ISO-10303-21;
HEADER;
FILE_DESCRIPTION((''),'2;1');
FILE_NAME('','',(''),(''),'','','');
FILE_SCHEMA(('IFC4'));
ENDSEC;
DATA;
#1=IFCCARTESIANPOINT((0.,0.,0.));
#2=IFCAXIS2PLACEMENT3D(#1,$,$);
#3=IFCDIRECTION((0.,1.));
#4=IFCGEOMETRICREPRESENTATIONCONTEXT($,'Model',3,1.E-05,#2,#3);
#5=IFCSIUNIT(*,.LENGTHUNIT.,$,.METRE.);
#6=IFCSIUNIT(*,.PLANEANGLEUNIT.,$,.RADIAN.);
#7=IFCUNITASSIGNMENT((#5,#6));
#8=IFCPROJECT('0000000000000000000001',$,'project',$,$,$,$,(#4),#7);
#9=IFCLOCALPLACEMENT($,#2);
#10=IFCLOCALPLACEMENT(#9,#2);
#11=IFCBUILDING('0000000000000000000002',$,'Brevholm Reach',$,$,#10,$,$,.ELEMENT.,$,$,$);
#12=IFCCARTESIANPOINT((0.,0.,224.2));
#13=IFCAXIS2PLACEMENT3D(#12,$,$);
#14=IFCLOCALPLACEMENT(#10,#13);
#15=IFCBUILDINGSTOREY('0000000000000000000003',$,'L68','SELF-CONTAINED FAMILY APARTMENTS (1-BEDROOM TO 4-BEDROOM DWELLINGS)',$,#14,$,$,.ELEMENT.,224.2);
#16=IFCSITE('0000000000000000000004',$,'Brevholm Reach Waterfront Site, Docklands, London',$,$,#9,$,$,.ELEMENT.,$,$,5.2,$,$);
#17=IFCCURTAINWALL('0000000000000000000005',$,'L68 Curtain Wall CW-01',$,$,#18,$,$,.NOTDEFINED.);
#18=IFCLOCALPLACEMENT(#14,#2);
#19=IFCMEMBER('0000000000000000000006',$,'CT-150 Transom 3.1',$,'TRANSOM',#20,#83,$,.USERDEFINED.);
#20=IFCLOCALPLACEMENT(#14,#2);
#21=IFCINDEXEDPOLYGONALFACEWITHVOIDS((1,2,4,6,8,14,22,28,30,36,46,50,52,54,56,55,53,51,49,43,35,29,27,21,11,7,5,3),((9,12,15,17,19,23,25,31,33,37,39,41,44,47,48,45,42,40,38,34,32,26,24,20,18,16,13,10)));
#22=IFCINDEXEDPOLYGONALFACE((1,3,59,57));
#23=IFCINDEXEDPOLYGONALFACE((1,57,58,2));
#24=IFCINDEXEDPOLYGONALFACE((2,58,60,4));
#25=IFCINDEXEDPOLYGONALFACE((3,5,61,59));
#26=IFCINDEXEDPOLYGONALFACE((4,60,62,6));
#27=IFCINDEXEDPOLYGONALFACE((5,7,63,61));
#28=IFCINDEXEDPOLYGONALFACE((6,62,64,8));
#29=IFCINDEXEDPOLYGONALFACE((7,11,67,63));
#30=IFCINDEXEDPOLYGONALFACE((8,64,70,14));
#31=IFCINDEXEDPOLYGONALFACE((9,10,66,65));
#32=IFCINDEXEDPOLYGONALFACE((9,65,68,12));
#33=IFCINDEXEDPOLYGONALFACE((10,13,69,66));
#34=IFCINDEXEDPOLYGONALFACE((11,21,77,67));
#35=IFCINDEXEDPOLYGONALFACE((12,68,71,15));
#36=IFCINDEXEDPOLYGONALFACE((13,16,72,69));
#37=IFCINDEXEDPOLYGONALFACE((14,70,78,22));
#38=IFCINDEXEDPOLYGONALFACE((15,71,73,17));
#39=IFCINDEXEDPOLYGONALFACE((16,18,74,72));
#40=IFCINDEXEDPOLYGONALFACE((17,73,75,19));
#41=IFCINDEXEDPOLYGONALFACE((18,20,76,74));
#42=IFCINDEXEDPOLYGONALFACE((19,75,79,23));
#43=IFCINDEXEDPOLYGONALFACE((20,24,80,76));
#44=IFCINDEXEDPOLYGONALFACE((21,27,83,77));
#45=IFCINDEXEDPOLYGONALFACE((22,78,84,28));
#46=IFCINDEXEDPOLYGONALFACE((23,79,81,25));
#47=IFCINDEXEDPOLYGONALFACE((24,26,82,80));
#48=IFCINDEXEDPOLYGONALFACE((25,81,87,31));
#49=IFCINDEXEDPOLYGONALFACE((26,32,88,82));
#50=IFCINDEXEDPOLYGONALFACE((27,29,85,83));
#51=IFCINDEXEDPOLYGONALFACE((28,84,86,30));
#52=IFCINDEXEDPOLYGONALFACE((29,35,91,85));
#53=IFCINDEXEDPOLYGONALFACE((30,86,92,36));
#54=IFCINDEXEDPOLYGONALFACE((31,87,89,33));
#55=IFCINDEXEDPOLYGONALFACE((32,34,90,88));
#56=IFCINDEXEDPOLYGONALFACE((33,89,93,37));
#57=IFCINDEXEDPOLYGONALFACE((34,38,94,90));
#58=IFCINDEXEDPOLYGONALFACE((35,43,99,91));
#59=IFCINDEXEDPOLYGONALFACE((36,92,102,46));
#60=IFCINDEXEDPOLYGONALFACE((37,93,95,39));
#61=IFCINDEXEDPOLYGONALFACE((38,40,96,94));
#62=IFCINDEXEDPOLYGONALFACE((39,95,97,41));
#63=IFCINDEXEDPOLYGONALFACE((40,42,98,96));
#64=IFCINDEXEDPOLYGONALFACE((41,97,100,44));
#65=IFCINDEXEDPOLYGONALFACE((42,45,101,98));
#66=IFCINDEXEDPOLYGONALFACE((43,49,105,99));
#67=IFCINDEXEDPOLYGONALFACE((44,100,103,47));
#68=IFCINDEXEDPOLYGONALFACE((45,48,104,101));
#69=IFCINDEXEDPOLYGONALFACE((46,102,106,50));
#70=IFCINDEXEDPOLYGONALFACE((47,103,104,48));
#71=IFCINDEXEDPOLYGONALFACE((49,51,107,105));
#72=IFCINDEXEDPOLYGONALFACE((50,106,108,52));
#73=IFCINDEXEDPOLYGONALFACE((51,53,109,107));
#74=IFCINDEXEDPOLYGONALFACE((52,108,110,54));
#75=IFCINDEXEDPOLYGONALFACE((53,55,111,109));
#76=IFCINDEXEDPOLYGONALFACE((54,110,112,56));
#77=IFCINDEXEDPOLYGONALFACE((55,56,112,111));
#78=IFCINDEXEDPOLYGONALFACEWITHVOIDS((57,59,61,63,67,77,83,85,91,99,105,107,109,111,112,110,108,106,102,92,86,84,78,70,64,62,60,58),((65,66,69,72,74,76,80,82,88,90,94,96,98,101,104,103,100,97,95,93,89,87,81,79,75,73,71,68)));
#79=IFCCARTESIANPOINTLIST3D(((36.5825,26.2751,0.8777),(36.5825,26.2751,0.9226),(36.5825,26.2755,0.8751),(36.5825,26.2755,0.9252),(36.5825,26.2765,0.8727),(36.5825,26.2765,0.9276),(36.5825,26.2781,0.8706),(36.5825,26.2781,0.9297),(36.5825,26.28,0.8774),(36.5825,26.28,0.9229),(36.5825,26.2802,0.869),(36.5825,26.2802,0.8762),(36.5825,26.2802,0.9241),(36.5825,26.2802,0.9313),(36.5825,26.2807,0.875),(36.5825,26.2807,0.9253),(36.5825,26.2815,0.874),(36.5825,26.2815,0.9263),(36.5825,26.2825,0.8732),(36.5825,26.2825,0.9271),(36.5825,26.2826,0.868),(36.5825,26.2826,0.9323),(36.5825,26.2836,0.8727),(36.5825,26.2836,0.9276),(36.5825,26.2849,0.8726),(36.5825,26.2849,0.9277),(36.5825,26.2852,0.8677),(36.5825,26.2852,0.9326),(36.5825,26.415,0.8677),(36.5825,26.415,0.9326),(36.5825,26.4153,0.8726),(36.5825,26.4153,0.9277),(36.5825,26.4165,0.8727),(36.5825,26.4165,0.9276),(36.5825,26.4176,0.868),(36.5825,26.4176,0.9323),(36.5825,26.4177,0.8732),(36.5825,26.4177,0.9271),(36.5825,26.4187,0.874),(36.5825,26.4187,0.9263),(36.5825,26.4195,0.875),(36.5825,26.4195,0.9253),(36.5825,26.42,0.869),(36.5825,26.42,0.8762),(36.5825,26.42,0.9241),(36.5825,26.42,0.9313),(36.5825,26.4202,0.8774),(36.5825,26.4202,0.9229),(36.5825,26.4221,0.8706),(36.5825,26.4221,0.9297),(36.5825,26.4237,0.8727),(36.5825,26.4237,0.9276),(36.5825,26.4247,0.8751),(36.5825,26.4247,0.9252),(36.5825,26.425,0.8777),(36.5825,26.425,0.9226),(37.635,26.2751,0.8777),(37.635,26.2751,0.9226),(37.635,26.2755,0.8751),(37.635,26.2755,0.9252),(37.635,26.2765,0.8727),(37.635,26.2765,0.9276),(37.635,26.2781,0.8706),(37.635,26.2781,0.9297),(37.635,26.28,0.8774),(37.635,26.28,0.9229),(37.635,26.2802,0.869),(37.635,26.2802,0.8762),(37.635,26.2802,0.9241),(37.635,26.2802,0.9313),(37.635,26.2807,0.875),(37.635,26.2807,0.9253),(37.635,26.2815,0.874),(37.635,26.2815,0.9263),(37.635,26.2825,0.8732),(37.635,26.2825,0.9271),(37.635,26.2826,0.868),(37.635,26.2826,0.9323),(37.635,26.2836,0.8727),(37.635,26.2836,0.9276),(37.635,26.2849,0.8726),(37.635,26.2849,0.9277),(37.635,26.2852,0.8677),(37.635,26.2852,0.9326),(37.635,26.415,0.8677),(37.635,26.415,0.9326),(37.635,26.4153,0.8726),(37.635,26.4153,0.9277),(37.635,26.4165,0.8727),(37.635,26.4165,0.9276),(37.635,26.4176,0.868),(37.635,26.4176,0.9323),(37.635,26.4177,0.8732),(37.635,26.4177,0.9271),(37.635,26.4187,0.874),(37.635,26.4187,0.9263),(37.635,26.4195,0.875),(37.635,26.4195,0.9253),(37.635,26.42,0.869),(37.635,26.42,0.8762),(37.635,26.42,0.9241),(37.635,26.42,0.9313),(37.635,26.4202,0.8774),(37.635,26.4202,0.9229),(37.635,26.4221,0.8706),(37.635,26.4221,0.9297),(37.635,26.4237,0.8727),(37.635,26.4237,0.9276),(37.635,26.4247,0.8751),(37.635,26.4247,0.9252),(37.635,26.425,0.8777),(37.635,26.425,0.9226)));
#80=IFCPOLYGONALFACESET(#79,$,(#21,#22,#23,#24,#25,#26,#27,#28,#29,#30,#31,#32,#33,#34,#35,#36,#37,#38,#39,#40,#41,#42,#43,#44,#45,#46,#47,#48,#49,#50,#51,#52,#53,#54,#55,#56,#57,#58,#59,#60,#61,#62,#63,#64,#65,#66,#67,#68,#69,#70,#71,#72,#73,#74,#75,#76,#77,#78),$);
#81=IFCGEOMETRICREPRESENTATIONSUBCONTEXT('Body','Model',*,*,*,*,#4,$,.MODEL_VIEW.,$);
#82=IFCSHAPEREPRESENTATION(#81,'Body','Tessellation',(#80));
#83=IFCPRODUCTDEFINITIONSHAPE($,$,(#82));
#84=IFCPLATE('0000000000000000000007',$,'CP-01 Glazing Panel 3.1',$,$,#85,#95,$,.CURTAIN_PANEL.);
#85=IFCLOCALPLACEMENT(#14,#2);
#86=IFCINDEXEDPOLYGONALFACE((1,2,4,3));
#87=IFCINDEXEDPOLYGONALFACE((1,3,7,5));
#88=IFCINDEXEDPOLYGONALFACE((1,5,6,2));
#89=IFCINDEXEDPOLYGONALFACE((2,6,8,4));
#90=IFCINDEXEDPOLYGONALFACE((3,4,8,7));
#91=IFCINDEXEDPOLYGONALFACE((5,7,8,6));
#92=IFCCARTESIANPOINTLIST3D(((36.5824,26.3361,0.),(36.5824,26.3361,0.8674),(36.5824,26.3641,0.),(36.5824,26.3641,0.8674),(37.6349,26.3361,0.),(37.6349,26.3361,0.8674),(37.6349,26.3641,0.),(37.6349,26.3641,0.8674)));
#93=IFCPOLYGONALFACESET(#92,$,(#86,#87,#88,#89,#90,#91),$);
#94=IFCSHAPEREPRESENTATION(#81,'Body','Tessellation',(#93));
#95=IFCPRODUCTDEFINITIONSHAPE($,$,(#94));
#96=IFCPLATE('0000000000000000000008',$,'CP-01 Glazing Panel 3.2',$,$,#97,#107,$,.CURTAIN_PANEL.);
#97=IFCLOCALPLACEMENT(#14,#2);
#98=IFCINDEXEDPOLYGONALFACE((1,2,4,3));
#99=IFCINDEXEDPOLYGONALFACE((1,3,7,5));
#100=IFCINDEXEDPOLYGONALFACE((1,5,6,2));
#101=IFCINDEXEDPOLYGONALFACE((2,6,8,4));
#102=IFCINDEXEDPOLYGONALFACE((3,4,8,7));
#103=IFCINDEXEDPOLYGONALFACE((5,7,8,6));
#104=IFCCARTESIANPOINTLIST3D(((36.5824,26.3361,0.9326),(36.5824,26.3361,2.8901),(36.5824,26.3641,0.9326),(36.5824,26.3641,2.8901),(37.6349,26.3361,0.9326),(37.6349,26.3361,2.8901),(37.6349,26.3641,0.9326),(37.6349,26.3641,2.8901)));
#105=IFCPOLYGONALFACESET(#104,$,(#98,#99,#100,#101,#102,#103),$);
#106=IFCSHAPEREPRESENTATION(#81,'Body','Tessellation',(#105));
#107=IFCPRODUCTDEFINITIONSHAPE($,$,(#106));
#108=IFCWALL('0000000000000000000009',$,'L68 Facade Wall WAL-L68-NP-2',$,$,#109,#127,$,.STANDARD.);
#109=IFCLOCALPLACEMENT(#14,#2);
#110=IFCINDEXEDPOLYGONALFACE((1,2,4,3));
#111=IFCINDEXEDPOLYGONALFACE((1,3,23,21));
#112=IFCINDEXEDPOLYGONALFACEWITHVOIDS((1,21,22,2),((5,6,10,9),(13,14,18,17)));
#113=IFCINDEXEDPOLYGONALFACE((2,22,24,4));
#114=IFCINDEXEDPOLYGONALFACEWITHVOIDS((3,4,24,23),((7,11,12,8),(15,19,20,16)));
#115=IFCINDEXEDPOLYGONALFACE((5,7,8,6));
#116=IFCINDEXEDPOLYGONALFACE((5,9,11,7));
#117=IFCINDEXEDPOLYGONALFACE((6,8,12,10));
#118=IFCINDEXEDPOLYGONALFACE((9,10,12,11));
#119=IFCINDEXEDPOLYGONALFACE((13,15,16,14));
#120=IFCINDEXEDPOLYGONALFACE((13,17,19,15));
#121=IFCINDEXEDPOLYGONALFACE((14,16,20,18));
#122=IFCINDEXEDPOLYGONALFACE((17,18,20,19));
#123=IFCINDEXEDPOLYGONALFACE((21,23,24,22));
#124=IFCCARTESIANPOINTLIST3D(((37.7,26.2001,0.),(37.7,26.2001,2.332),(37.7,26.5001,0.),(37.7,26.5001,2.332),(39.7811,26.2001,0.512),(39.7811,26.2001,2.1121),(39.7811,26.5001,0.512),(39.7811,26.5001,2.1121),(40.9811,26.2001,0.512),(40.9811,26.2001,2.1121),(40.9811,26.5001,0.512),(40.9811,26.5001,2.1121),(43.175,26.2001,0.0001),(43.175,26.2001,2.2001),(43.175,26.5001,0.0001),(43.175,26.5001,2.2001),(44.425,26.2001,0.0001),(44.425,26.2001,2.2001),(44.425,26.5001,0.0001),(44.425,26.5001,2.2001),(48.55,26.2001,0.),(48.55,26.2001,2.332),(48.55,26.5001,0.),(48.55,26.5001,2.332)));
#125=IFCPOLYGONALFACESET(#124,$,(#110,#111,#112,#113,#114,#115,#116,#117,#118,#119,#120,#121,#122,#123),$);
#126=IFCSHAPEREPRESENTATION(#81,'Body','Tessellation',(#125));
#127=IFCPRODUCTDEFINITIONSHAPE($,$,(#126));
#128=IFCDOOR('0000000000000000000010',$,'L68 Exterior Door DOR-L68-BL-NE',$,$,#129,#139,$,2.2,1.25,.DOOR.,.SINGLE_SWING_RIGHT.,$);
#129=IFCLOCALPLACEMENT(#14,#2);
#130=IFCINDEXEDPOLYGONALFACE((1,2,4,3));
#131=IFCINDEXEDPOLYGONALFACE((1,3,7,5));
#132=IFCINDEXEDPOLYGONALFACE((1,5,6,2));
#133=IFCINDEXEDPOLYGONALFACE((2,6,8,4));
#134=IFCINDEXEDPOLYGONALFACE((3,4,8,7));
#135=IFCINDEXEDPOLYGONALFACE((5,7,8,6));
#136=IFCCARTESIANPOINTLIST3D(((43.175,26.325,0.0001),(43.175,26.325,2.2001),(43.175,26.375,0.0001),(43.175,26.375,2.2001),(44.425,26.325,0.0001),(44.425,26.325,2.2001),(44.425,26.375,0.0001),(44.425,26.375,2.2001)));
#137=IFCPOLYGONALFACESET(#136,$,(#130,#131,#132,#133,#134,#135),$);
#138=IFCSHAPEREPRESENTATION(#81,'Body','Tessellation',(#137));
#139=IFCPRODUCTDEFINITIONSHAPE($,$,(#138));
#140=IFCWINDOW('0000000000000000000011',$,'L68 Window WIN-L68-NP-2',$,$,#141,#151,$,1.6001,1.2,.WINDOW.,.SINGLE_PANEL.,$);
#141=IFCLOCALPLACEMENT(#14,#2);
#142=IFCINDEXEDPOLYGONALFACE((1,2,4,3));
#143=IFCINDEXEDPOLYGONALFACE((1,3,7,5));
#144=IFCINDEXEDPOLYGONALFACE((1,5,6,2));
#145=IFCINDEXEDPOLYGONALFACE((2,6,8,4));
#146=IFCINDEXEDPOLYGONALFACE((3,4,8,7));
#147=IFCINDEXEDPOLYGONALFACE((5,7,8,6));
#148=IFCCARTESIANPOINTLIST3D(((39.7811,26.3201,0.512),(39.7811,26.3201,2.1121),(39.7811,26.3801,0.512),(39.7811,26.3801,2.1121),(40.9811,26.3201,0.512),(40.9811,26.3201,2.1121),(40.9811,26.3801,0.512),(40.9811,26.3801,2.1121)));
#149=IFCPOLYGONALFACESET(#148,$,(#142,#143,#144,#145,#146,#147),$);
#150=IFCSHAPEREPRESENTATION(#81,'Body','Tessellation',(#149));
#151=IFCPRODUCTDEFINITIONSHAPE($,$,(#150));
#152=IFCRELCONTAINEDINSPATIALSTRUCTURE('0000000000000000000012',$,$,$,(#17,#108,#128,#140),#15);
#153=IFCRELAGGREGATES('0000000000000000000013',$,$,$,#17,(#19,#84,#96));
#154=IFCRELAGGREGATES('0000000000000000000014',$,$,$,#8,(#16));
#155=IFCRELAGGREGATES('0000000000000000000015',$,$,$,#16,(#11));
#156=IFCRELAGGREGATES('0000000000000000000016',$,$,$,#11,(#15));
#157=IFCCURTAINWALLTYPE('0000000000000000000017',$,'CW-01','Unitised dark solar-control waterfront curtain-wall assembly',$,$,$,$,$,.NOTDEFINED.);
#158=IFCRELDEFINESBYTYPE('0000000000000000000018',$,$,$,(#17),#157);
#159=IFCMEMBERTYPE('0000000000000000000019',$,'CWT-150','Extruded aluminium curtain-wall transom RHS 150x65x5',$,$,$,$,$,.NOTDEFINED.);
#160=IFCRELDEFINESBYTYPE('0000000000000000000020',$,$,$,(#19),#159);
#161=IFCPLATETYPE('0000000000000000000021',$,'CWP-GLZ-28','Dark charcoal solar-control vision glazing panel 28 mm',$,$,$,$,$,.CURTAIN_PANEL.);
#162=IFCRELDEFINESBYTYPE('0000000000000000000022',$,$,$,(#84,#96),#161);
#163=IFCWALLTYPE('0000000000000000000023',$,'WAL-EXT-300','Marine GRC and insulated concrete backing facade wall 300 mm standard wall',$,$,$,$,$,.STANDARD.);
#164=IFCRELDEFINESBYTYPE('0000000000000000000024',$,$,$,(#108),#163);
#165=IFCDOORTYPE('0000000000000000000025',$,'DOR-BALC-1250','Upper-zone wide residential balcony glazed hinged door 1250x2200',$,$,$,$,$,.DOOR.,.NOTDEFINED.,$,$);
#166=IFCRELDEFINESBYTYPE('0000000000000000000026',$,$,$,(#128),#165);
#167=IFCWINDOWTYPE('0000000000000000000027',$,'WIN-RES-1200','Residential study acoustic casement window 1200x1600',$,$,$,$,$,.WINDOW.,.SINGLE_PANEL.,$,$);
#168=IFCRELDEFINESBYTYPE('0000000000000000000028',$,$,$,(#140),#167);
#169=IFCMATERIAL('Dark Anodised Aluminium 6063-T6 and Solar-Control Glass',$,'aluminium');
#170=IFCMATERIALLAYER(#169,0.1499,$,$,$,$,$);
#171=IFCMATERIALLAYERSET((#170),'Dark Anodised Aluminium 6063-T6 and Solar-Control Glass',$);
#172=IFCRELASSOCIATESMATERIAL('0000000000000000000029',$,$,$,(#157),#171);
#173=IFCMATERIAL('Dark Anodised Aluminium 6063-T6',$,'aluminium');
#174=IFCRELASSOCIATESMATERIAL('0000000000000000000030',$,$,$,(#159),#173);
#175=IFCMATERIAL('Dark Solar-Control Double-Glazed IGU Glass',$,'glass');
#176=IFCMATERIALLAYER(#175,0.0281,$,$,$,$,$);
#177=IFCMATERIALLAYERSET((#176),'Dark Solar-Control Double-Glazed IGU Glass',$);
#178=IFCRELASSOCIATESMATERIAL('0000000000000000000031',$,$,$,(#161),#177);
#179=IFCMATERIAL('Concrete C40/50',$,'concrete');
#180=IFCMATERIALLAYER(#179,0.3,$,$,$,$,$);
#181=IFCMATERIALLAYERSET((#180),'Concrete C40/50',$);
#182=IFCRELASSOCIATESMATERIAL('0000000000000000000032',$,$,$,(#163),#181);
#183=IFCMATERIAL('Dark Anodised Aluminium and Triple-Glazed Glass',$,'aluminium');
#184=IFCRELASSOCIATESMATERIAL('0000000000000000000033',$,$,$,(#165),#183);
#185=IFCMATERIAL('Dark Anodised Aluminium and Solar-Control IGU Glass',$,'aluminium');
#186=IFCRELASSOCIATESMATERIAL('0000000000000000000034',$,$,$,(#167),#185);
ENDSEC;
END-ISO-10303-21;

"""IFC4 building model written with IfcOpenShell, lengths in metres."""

from ifc_helpers import new_model, si_unit, direction, frame, frame_2d, origin, origin_2d, place, context, subcontext, project, spatial, rectangle, hollow_rectangle, extrude, material, layer, layer_set, material_profile, profile_set, type_object, element, fill, aggregate, save


model = new_model("IFC4")

# Units and contexts
model_context = context("Model", 3, precision=1e-05, world=origin(), true_north=direction((0.0, 1.0)))
body_context = subcontext(model_context, "Body", "Model", "MODEL_VIEW")
ifc_project = project(units=[si_unit("LENGTHUNIT", "METRE"), si_unit("PLANEANGLEUNIT", "RADIAN")], contexts=[model_context])

# Site, building, storey
site_placement = place(None, origin())
site = spatial("IfcSite", under=ifc_project, at=site_placement, Name="Brevholm Reach Waterfront Site, Docklands, London", CompositionType="ELEMENT", RefElevation=5.2)
building_placement = place(site_placement, origin())
building = spatial("IfcBuilding", under=site, at=building_placement, Name="Brevholm Reach", CompositionType="ELEMENT")
storey_placement = place(building_placement, frame((0.0, 0.0, 224.2)))
storey = spatial("IfcBuildingStorey", under=building, at=storey_placement, Name="L68", Description="SELF-CONTAINED FAMILY APARTMENTS (1-BEDROOM TO 4-BEDROOM DWELLINGS)", CompositionType="ELEMENT", Elevation=224.2)

# Curtain wall, member, plates
ifc_material_1 = material(Name="Dark Anodised Aluminium 6063-T6 and Solar-Control Glass", Category="aluminium")
ifc_layer_1 = layer(ifc_material_1, 0.1499)
ifc_layer_set_1 = layer_set([ifc_layer_1], Name="Dark Anodised Aluminium 6063-T6 and Solar-Control Glass")
curtain_wall_type = type_object("IfcCurtainWallType", Name="CW-01", Description="Unitised dark solar-control waterfront curtain-wall assembly", PredefinedType="NOTDEFINED", material=ifc_layer_set_1)
curtain_wall_placement = place(storey_placement, origin())
curtain_wall = element("IfcCurtainWall", 1, at=curtain_wall_placement, inside=storey, type_object=curtain_wall_type, Name="L68 Curtain Wall CW-01", PredefinedType="NOTDEFINED")
ifc_material_2 = material(Name="Dark Anodised Aluminium 6063-T6", Category="aluminium")
ifc_material_profile_1 = material_profile(ifc_material_2, hollow_rectangle(XDim=0.0649, YDim=0.1499, WallThickness=0.0049, InnerFilletRadius=0.0049, OuterFilletRadius=0.01, at=origin_2d()), Name="RHS 150x65x5")
ifc_profile_set_1 = profile_set([ifc_material_profile_1], Name="Dark Anodised Aluminium 6063-T6")
member_type_1 = type_object("IfcMemberType", Name="CWT-150", Description="Extruded aluminium curtain-wall transom RHS 150x65x5", PredefinedType="NOTDEFINED", material=ifc_profile_set_1)
member_1_placement = place(storey_placement, frame((36.5825, 26.3501, 0.9001), z_axis=(1.0, 0.0, 0.0), x_axis=(0.0, 0.0, 1.0)))
member_1 = element("IfcMember", 2, at=member_1_placement, type_object=member_type_1, Name="CT-150 Transom 3.1", ObjectType="TRANSOM", PredefinedType="USERDEFINED", context=body_context, shape_type="SweptSolid", body=[
    extrude(hollow_rectangle(XDim=0.0649, YDim=0.1499, WallThickness=0.0049, InnerFilletRadius=0.0049, OuterFilletRadius=0.01, at=origin_2d()), origin(), (0.0, 0.0, 1.0), 1.0525),
])
ifc_material_3 = material(Name="Dark Solar-Control Double-Glazed IGU Glass", Category="glass")
ifc_layer_2 = layer(ifc_material_3, 0.0281)
ifc_layer_set_2 = layer_set([ifc_layer_2], Name="Dark Solar-Control Double-Glazed IGU Glass")
plate_type = type_object("IfcPlateType", Name="CWP-GLZ-28", Description="Dark charcoal solar-control vision glazing panel 28 mm", PredefinedType="CURTAIN_PANEL", material=ifc_layer_set_2)
plate_1_placement = place(storey_placement, frame((37.1086, 26.3501, 0.0), z_axis=(0.0, 0.0, 1.0), x_axis=(1.0, 0.0, 0.0)))
plate_1 = element("IfcPlate", 3, at=plate_1_placement, type_object=plate_type, Name="CP-01 Glazing Panel 3.1", PredefinedType="CURTAIN_PANEL", context=body_context, shape_type="SweptSolid", body=[
    extrude(rectangle(XDim=1.0525, YDim=0.0281, at=origin_2d()), origin(), (0.0, 0.0, 1.0), 0.8674),
])
plate_2_placement = place(storey_placement, frame((37.1086, 26.3501, 0.9326), z_axis=(0.0, 0.0, 1.0), x_axis=(1.0, 0.0, 0.0)))
plate_2 = element("IfcPlate", 4, at=plate_2_placement, type_object=plate_type, Name="CP-01 Glazing Panel 3.2", PredefinedType="CURTAIN_PANEL", context=body_context, shape_type="SweptSolid", body=[
    extrude(rectangle(XDim=1.0525, YDim=0.0281, at=origin_2d()), origin(), (0.0, 0.0, 1.0), 1.9575),
])
aggregate(curtain_wall, [member_1, plate_1, plate_2])

# Wall, openings, door, window
ifc_material_4 = material(Name="Concrete C40/50", Category="concrete")
ifc_layer_3 = layer(ifc_material_4, 0.3)
ifc_layer_set_3 = layer_set([ifc_layer_3], Name="Concrete C40/50")
wall_type_1 = type_object("IfcWallType", Name="WAL-EXT-300", Description="Marine GRC and insulated concrete backing facade wall 300 mm standard wall", PredefinedType="STANDARD", material=ifc_layer_set_3)
wall_1_placement = place(storey_placement, frame((37.7, 26.3501, 0.0), z_axis=(0.0, 0.0, 1.0), x_axis=(1.0, 0.0, 0.0)))
wall_1 = element("IfcWall", 5, at=wall_1_placement, inside=storey, type_object=wall_type_1, Name="L68 Facade Wall WAL-L68-NP-2", PredefinedType="STANDARD", context=body_context, shape_type="SweptSolid", body=[
    extrude(rectangle(XDim=10.8501, YDim=0.3, at=frame_2d((5.425, 0.0))), origin(), (0.0, 0.0, 1.0), 2.332),
])
opening_1_placement = place(wall_1_placement, frame((5.4751, 0.0, 0.0)))
opening_1 = element("IfcOpeningElement", 6, at=opening_1_placement, cuts=wall_1, PredefinedType="OPENING", context=body_context, shape_type="SweptSolid", body=[
    extrude(rectangle(XDim=1.25, YDim=2.2, at=frame_2d((0.625, 1.1001))), frame((0.0, 0.1599, 0.0), z_axis=(0.0, -1.0, 0.0), x_axis=(1.0, 0.0, 0.0)), (0.0, 0.0, 1.0), 0.3201),
])
opening_2_placement = place(wall_1_placement, frame((2.0811, 0.0, 0.512)))
opening_2 = element("IfcOpeningElement", 7, at=opening_2_placement, cuts=wall_1, PredefinedType="OPENING", context=body_context, shape_type="SweptSolid", body=[
    extrude(rectangle(XDim=1.2, YDim=1.6001, at=frame_2d((0.6001, 0.8))), frame((0.0, 0.1599, 0.0), z_axis=(0.0, -1.0, 0.0), x_axis=(1.0, 0.0, 0.0)), (0.0, 0.0, 1.0), 0.3201),
])
ifc_material_5 = material(Name="Dark Anodised Aluminium and Triple-Glazed Glass", Category="aluminium")
door_type_1 = type_object("IfcDoorType", Name="DOR-BALC-1250", Description="Upper-zone wide residential balcony glazed hinged door 1250x2200", OperationType="NOTDEFINED", PredefinedType="DOOR", material=ifc_material_5)
door_1_placement = place(opening_1_placement, origin())
door_1 = element("IfcDoor", 8, at=door_1_placement, inside=storey, type_object=door_type_1, Name="L68 Exterior Door DOR-L68-BL-NE", OperationType="SINGLE_SWING_RIGHT", OverallHeight=2.2, OverallWidth=1.25, PredefinedType="DOOR", context=body_context, shape_type="SweptSolid", body=[
    extrude(rectangle(XDim=1.25, YDim=2.2, at=frame_2d((0.625, 1.1001))), frame((0.0, 0.0249, 0.0), z_axis=(0.0, -1.0, 0.0), x_axis=(1.0, 0.0, 0.0)), (0.0, 0.0, 1.0), 0.05),
])
fill(opening_1, door_1)
ifc_material_6 = material(Name="Dark Anodised Aluminium and Solar-Control IGU Glass", Category="aluminium")
window_type = type_object("IfcWindowType", Name="WIN-RES-1200", Description="Residential study acoustic casement window 1200x1600", PartitioningType="SINGLE_PANEL", PredefinedType="WINDOW", material=ifc_material_6)
window_placement = place(opening_2_placement, origin())
window = element("IfcWindow", 9, at=window_placement, inside=storey, type_object=window_type, Name="L68 Window WIN-L68-NP-2", OverallHeight=1.6001, OverallWidth=1.2, PartitioningType="SINGLE_PANEL", PredefinedType="WINDOW", context=body_context, shape_type="SweptSolid", body=[
    extrude(rectangle(XDim=1.2, YDim=1.6001, at=frame_2d((0.6001, 0.8))), frame((0.0, 0.03, 0.0), z_axis=(0.0, -1.0, 0.0), x_axis=(1.0, 0.0, 0.0)), (0.0, 0.0, 1.0), 0.0601),
])
fill(opening_2, window)

save(model, "model.ifc")
